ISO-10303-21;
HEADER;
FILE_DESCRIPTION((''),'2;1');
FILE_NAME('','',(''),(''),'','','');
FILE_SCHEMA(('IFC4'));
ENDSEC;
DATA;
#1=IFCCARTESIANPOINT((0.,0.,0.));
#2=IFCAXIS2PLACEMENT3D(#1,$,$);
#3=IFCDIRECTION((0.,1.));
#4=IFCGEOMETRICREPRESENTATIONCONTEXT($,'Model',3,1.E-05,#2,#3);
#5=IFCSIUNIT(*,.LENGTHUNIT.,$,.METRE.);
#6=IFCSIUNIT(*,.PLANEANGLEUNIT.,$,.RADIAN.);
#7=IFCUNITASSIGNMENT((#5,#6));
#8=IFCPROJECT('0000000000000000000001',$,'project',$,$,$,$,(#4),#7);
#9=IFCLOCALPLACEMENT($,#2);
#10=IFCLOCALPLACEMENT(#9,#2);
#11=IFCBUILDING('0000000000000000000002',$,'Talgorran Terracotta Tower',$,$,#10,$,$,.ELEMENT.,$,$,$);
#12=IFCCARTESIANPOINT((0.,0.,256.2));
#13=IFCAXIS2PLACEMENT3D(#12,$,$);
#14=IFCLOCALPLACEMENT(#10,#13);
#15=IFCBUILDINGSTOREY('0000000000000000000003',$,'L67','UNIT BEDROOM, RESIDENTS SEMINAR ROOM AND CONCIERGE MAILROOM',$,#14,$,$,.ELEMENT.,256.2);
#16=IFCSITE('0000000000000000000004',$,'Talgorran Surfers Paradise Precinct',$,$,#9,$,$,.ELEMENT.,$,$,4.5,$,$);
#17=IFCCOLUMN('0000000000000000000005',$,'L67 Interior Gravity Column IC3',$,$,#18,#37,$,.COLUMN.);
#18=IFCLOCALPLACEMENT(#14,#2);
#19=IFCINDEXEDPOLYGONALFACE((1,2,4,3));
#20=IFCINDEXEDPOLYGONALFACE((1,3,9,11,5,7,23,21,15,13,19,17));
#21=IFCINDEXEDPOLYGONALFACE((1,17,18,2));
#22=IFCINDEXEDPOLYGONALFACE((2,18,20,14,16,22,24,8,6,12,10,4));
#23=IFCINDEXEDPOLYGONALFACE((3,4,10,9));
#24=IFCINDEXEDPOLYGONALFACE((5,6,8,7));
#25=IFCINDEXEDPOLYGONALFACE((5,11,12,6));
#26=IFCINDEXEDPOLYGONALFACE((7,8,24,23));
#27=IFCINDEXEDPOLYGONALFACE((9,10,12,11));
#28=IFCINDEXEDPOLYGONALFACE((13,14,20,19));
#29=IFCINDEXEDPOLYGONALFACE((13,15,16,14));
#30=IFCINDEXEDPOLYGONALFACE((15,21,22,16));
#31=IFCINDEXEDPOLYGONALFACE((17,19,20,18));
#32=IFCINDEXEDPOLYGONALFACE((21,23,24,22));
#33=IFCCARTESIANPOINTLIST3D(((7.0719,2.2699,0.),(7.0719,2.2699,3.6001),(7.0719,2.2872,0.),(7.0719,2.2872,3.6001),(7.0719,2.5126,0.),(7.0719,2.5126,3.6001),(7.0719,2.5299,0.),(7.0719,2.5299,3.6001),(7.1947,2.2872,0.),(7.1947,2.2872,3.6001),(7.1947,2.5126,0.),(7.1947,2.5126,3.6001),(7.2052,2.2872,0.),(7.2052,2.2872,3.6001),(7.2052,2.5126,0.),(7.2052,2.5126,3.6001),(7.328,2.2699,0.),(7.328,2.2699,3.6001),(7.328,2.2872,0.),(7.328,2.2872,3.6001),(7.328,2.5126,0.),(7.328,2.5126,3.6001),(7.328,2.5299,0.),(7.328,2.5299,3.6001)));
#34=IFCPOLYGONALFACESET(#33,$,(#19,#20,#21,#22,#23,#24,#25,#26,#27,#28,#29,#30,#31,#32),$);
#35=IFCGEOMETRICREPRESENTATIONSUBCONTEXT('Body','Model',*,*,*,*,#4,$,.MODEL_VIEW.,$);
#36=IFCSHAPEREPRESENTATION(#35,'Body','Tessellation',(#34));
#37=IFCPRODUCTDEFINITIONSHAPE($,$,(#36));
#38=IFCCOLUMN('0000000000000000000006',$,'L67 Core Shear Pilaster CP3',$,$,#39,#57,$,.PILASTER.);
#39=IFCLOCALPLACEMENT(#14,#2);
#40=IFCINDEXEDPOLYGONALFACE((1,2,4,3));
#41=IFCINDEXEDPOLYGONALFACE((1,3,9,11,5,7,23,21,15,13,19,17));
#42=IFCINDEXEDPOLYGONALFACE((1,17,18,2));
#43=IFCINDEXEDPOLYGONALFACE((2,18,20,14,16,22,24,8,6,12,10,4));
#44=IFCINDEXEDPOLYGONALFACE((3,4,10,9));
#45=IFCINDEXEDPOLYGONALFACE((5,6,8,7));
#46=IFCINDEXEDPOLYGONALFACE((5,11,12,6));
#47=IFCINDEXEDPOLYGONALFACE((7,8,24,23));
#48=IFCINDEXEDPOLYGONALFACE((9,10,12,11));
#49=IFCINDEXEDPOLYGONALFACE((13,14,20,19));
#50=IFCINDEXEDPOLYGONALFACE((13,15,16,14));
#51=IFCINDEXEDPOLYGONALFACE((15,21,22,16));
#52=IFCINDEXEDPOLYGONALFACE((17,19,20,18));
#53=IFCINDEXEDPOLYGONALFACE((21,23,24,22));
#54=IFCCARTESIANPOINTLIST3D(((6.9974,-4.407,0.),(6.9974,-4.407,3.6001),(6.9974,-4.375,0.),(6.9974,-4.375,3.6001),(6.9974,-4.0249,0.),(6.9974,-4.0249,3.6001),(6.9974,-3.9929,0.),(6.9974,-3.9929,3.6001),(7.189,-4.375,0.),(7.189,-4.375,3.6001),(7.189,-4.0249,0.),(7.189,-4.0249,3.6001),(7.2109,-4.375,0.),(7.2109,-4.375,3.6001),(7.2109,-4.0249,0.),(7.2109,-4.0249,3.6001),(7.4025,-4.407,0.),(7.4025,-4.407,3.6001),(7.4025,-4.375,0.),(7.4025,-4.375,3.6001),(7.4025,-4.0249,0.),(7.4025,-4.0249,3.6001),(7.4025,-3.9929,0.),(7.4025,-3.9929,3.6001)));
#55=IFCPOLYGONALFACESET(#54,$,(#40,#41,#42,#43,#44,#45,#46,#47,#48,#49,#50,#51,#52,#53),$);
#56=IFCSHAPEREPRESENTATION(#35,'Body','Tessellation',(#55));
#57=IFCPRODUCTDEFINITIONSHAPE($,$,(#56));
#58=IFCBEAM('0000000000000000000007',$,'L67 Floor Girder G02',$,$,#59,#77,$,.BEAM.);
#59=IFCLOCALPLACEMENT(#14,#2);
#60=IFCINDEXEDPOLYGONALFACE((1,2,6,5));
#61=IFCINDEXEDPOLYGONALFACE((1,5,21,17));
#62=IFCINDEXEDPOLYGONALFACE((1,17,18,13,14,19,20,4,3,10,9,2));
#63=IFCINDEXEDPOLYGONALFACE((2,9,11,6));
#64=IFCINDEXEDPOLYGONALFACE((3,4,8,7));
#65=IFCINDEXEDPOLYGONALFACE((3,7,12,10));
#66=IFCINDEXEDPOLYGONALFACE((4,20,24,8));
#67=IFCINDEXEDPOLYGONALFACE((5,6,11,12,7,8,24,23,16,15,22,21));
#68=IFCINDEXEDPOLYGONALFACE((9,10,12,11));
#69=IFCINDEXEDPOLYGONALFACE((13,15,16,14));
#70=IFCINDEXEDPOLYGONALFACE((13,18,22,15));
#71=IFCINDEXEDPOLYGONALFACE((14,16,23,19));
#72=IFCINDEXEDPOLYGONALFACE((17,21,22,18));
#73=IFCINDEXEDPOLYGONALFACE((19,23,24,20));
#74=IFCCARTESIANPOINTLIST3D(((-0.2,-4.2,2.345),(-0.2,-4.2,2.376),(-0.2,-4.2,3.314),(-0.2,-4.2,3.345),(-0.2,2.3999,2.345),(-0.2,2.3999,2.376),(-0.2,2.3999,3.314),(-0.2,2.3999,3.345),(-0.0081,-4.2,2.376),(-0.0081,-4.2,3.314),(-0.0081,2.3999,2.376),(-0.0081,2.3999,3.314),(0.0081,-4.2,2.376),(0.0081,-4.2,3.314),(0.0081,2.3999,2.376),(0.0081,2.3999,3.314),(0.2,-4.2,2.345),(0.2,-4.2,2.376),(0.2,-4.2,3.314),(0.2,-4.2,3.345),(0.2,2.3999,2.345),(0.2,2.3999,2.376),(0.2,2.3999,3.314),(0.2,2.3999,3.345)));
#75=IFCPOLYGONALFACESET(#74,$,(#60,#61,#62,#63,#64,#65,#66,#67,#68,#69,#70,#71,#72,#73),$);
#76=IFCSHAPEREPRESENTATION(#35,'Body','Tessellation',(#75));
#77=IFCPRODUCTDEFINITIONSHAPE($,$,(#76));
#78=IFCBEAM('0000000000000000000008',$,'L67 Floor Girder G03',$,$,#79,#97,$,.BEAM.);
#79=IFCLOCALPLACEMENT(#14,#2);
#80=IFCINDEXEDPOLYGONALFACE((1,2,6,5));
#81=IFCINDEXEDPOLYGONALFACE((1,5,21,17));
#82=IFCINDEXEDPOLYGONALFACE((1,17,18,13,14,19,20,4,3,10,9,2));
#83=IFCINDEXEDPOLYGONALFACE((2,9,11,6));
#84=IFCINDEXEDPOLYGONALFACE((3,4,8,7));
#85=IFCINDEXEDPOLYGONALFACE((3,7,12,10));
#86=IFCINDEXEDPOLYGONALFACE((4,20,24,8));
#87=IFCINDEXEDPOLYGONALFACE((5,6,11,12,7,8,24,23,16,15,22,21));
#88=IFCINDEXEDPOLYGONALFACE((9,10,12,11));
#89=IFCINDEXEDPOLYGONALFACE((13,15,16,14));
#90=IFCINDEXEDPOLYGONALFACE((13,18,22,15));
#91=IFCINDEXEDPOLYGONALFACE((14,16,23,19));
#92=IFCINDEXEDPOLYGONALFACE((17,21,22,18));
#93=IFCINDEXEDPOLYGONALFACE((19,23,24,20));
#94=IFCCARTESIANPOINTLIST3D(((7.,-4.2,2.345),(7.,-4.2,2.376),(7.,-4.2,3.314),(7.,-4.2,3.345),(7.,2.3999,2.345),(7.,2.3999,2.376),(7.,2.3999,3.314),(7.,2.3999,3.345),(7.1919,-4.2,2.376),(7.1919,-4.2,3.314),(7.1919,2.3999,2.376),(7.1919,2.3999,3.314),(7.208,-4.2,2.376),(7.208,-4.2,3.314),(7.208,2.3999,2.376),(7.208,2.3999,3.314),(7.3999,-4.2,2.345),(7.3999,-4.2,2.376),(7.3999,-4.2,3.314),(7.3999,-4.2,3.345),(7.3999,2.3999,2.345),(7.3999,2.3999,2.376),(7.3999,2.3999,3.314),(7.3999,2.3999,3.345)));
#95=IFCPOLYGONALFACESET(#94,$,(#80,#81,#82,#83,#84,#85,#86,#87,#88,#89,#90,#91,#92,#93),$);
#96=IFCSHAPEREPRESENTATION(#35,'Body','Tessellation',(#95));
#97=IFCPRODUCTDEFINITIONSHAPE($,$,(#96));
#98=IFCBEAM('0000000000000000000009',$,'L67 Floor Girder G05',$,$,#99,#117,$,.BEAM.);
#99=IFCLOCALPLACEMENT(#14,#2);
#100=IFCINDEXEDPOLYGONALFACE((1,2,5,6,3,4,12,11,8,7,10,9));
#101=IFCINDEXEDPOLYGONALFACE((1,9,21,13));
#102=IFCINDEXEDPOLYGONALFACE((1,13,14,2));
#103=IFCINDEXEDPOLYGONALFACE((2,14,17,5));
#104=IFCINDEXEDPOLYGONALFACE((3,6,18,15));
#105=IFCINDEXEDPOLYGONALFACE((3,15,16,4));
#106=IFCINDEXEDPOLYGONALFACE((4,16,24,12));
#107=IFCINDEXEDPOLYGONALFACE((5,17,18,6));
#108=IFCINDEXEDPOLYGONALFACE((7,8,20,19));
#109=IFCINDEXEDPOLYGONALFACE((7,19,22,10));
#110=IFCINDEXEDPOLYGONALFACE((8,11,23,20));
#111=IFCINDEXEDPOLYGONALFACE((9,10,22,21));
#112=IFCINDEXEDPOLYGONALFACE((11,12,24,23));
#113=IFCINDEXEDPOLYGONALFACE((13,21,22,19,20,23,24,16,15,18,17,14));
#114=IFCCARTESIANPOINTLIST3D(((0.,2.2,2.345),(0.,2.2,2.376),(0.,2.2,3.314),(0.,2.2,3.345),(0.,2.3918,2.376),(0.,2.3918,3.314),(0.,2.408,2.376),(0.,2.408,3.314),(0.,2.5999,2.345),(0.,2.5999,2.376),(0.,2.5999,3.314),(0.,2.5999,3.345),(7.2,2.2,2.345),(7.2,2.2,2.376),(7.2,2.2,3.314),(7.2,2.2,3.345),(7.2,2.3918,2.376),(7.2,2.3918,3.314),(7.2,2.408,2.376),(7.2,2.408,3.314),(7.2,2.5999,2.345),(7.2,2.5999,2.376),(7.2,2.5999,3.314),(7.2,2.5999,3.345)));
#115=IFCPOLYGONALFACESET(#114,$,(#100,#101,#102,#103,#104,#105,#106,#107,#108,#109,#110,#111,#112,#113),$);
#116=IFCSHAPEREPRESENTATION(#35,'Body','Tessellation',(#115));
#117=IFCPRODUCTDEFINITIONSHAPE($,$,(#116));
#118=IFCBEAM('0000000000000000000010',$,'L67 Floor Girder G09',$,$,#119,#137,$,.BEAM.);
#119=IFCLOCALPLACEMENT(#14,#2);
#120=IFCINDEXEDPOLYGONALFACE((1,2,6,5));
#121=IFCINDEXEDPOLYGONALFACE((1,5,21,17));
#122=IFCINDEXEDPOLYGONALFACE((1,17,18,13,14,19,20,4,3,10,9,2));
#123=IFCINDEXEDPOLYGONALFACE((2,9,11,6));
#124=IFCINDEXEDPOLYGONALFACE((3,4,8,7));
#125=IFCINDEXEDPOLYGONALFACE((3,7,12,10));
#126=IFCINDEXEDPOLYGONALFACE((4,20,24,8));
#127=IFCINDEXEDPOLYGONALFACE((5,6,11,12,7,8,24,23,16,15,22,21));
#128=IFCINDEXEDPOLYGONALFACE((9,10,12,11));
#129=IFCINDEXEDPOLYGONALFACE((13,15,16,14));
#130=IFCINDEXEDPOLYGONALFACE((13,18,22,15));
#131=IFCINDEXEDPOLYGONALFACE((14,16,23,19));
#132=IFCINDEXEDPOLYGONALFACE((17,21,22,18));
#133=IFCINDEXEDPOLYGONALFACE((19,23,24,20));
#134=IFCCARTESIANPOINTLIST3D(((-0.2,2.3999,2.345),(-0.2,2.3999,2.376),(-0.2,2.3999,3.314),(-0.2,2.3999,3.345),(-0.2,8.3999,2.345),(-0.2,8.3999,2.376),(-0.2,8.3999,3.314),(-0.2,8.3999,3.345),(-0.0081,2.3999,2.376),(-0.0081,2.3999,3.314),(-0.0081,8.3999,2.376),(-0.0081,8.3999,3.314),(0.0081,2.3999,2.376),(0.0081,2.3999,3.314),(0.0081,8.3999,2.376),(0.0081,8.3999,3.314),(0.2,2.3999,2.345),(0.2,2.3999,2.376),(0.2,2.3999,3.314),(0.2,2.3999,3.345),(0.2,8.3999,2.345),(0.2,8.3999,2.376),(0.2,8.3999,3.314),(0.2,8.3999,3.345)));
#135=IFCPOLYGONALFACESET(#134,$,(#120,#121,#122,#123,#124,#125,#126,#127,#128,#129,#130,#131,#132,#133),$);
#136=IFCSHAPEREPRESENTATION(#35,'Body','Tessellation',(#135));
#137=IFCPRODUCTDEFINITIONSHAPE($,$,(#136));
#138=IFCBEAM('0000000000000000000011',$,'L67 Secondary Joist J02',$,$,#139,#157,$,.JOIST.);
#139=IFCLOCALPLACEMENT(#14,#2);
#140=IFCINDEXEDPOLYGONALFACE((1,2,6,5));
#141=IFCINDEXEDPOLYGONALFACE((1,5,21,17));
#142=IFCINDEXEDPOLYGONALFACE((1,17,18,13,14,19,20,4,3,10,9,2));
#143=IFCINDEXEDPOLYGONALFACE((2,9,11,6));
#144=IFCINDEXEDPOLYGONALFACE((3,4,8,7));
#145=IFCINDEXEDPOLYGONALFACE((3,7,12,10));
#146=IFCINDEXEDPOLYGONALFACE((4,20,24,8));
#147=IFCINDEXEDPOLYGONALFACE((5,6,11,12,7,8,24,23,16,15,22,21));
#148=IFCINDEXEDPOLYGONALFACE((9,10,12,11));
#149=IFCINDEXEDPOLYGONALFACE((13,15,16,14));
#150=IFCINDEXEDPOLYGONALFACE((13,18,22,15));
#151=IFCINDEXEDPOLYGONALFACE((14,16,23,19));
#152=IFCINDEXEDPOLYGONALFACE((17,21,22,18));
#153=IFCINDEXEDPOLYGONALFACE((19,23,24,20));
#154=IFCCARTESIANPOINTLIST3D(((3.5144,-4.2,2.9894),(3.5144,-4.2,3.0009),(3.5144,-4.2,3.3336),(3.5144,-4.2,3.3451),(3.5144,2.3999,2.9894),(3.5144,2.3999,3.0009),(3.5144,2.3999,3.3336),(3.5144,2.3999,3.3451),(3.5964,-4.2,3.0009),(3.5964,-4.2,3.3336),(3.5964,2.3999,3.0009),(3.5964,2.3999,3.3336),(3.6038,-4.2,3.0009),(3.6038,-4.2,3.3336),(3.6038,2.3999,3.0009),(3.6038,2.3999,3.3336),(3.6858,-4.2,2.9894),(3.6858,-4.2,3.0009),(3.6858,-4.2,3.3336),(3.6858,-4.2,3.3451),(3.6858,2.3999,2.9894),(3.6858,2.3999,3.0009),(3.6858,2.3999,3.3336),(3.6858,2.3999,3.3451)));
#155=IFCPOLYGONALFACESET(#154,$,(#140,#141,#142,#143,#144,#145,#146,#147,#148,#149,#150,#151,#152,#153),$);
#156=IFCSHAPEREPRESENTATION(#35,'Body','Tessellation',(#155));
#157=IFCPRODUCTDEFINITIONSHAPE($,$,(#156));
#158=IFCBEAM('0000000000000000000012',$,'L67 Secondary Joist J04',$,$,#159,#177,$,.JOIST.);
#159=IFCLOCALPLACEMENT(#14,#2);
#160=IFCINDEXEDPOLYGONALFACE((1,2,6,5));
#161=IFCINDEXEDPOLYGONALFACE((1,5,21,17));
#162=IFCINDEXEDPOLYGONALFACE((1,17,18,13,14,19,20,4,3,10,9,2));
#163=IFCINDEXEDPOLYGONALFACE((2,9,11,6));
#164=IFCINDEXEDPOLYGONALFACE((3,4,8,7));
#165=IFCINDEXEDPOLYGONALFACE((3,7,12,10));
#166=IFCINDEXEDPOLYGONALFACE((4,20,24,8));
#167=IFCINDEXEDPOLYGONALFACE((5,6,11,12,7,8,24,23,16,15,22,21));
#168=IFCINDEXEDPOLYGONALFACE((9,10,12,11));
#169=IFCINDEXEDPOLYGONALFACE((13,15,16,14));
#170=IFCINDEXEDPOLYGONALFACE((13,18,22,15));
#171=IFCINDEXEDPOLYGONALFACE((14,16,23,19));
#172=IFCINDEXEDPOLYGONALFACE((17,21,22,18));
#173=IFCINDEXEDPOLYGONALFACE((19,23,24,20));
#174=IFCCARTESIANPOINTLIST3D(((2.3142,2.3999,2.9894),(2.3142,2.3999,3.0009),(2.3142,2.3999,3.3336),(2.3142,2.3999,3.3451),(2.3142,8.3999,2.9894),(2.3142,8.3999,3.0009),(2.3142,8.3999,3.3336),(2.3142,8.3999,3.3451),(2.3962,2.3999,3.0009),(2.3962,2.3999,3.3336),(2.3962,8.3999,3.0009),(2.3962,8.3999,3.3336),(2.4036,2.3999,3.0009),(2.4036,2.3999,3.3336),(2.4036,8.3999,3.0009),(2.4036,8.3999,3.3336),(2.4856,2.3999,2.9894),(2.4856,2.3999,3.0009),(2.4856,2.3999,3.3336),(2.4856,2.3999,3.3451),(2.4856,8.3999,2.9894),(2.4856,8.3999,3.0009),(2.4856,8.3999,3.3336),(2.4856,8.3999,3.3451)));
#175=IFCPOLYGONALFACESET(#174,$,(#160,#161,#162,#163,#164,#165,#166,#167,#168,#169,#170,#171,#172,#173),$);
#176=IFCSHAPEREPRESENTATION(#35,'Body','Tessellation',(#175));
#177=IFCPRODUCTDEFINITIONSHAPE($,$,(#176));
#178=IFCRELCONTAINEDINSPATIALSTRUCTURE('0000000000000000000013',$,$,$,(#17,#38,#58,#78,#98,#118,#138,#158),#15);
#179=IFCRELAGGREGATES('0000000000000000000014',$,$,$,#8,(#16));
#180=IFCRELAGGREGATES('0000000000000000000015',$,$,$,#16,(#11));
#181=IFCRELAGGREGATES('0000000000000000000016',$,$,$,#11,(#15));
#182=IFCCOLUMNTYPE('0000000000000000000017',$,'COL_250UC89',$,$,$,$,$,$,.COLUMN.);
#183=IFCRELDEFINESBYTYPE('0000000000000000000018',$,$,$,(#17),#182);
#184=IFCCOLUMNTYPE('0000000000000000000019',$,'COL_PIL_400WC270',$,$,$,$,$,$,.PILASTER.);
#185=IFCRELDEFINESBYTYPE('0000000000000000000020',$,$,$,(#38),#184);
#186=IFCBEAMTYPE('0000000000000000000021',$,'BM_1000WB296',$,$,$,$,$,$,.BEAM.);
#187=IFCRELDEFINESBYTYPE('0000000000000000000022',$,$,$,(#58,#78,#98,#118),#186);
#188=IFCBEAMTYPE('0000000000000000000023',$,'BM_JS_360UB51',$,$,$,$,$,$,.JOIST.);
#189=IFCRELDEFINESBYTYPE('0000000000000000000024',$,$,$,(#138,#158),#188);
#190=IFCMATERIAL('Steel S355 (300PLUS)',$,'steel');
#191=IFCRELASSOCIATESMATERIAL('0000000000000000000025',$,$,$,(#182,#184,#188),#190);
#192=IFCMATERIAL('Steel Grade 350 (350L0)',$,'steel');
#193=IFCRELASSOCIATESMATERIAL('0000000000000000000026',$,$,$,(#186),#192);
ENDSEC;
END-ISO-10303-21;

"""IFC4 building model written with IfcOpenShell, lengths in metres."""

from ifc_helpers import new_model, si_unit, direction, frame, origin, origin_2d, place, context, subcontext, project, spatial, i_section, extrude, material, material_profile, profile_set, type_object, element, save


model = new_model("IFC4")

# Units and contexts
model_context = context("Model", 3, precision=1e-05, world=origin(), true_north=direction((0.0, 1.0)))
body_context = subcontext(model_context, "Body", "Model", "MODEL_VIEW")
ifc_project = project(units=[si_unit("LENGTHUNIT", "METRE"), si_unit("PLANEANGLEUNIT", "RADIAN")], contexts=[model_context])

# Site, building, storey
site_placement = place(None, origin())
site = spatial("IfcSite", under=ifc_project, at=site_placement, Name="Talgorran Surfers Paradise Precinct", CompositionType="ELEMENT", RefElevation=4.5)
building_placement = place(site_placement, origin())
building = spatial("IfcBuilding", under=site, at=building_placement, Name="Talgorran Terracotta Tower", CompositionType="ELEMENT")
storey_placement = place(building_placement, frame((0.0, 0.0, 256.2)))
storey = spatial("IfcBuildingStorey", under=building, at=storey_placement, Name="L67", Description="UNIT BEDROOM, RESIDENTS SEMINAR ROOM AND CONCIERGE MAILROOM", CompositionType="ELEMENT", Elevation=256.2)

# Columns
ifc_material_1 = material(Name="Steel S355 (300PLUS)", Category="steel")
ifc_material_profile_1 = material_profile(ifc_material_1, i_section(OverallWidth=0.2561, OverallDepth=0.26, WebThickness=0.0105, FlangeThickness=0.0173, at=origin_2d()), Name="250UC89.5")
ifc_profile_set_1 = profile_set([ifc_material_profile_1], Name="Steel S355 (300PLUS)")
column_type_1 = type_object("IfcColumnType", Name="COL_250UC89", PredefinedType="COLUMN", material=ifc_profile_set_1)
column_1_placement = place(storey_placement, frame((7.2, 2.3999, 0.0), z_axis=(0.0, 0.0, 1.0), x_axis=(1.0, 0.0, 0.0)))
element("IfcColumn", 1, at=column_1_placement, inside=storey, type_object=column_type_1, Name="L67 Interior Gravity Column IC3", PredefinedType="COLUMN", context=body_context, shape_type="SweptSolid", body=[
    extrude(i_section(OverallWidth=0.2561, OverallDepth=0.26, WebThickness=0.0105, FlangeThickness=0.0173, at=origin_2d()), origin(), (0.0, 0.0, 1.0), 3.6001),
])
ifc_material_profile_2 = material_profile(ifc_material_1, i_section(OverallWidth=0.405, OverallDepth=0.4141, WebThickness=0.022, FlangeThickness=0.032, at=origin_2d()), Name="400WC270")
ifc_profile_set_2 = profile_set([ifc_material_profile_2], Name="Steel S355 (300PLUS)")
column_type_2 = type_object("IfcColumnType", Name="COL_PIL_400WC270", PredefinedType="PILASTER", material=ifc_profile_set_2)
column_2_placement = place(storey_placement, frame((7.2, -4.2, 0.0), z_axis=(0.0, 0.0, 1.0), x_axis=(1.0, 0.0, 0.0)))
element("IfcColumn", 2, at=column_2_placement, inside=storey, type_object=column_type_2, Name="L67 Core Shear Pilaster CP3", PredefinedType="PILASTER", context=body_context, shape_type="SweptSolid", body=[
    extrude(i_section(OverallWidth=0.405, OverallDepth=0.4141, WebThickness=0.022, FlangeThickness=0.032, at=origin_2d()), origin(), (0.0, 0.0, 1.0), 3.6001),
])

# Beams
ifc_material_2 = material(Name="Steel Grade 350 (350L0)", Category="steel")
ifc_material_profile_3 = material_profile(ifc_material_2, i_section(OverallWidth=0.3999, OverallDepth=1.0, WebThickness=0.0161, FlangeThickness=0.031, at=origin_2d()), Name="1000WB296")
ifc_profile_set_3 = profile_set([ifc_material_profile_3], Name="Steel Grade 350 (350L0)")
beam_type_1 = type_object("IfcBeamType", Name="BM_1000WB296", PredefinedType="BEAM", material=ifc_profile_set_3)
for number, where, z_axis, x_axis, name in (
    (3, (0.0, -4.2, 2.845), (0.0, 1.0, 0.0), (-1.0, 0.0, 0.0), "L67 Floor Girder G02"),
    (4, (7.2, -4.2, 2.845), (0.0, 1.0, 0.0), (-1.0, 0.0, 0.0), "L67 Floor Girder G03"),
):
    element("IfcBeam", number, at=place(storey_placement, frame(where, z_axis=z_axis, x_axis=x_axis)), inside=storey, type_object=beam_type_1, Name=name, PredefinedType="BEAM", context=body_context, shape_type="SweptSolid", body=[
        extrude(i_section(OverallWidth=0.3999, OverallDepth=1.0, WebThickness=0.0161, FlangeThickness=0.031, at=origin_2d()), origin(), (0.0, 0.0, 1.0), 6.5999),
    ])
beam_1_placement = place(storey_placement, frame((0.0, 2.3999, 2.845), z_axis=(1.0, 0.0, 0.0), x_axis=(0.0, 1.0, 0.0)))
element("IfcBeam", 5, at=beam_1_placement, inside=storey, type_object=beam_type_1, Name="L67 Floor Girder G05", PredefinedType="BEAM", context=body_context, shape_type="SweptSolid", body=[
    extrude(i_section(OverallWidth=0.3999, OverallDepth=1.0, WebThickness=0.0161, FlangeThickness=0.031, at=origin_2d()), origin(), (0.0, 0.0, 1.0), 7.2),
])
beam_2_placement = place(storey_placement, frame((0.0, 2.3999, 2.845), z_axis=(0.0, 1.0, 0.0), x_axis=(-1.0, 0.0, 0.0)))
element("IfcBeam", 6, at=beam_2_placement, inside=storey, type_object=beam_type_1, Name="L67 Floor Girder G09", PredefinedType="BEAM", context=body_context, shape_type="SweptSolid", body=[
    extrude(i_section(OverallWidth=0.3999, OverallDepth=1.0, WebThickness=0.0161, FlangeThickness=0.031, at=origin_2d()), origin(), (0.0, 0.0, 1.0), 6.0),
])
ifc_material_profile_4 = material_profile(ifc_material_1, i_section(OverallWidth=0.1714, OverallDepth=0.3557, WebThickness=0.0073, FlangeThickness=0.0115, at=origin_2d()), Name="360UB50.7")
ifc_profile_set_4 = profile_set([ifc_material_profile_4], Name="Steel S355 (300PLUS)")
beam_type_2 = type_object("IfcBeamType", Name="BM_JS_360UB51", PredefinedType="JOIST", material=ifc_profile_set_4)
beam_3_placement = place(storey_placement, frame((3.6001, -4.2, 3.1672), z_axis=(0.0, 1.0, 0.0), x_axis=(-1.0, 0.0, 0.0)))
element("IfcBeam", 7, at=beam_3_placement, inside=storey, type_object=beam_type_2, Name="L67 Secondary Joist J02", PredefinedType="JOIST", context=body_context, shape_type="SweptSolid", body=[
    extrude(i_section(OverallWidth=0.1714, OverallDepth=0.3557, WebThickness=0.0073, FlangeThickness=0.0115, at=origin_2d()), origin(), (0.0, 0.0, 1.0), 6.5999),
])
beam_4_placement = place(storey_placement, frame((2.3999, 2.3999, 3.1672), z_axis=(0.0, 1.0, 0.0), x_axis=(-1.0, 0.0, 0.0)))
element("IfcBeam", 8, at=beam_4_placement, inside=storey, type_object=beam_type_2, Name="L67 Secondary Joist J04", PredefinedType="JOIST", context=body_context, shape_type="SweptSolid", body=[
    extrude(i_section(OverallWidth=0.1714, OverallDepth=0.3557, WebThickness=0.0073, FlangeThickness=0.0115, at=origin_2d()), origin(), (0.0, 0.0, 1.0), 6.0),
])

save(model, "model.ifc")
